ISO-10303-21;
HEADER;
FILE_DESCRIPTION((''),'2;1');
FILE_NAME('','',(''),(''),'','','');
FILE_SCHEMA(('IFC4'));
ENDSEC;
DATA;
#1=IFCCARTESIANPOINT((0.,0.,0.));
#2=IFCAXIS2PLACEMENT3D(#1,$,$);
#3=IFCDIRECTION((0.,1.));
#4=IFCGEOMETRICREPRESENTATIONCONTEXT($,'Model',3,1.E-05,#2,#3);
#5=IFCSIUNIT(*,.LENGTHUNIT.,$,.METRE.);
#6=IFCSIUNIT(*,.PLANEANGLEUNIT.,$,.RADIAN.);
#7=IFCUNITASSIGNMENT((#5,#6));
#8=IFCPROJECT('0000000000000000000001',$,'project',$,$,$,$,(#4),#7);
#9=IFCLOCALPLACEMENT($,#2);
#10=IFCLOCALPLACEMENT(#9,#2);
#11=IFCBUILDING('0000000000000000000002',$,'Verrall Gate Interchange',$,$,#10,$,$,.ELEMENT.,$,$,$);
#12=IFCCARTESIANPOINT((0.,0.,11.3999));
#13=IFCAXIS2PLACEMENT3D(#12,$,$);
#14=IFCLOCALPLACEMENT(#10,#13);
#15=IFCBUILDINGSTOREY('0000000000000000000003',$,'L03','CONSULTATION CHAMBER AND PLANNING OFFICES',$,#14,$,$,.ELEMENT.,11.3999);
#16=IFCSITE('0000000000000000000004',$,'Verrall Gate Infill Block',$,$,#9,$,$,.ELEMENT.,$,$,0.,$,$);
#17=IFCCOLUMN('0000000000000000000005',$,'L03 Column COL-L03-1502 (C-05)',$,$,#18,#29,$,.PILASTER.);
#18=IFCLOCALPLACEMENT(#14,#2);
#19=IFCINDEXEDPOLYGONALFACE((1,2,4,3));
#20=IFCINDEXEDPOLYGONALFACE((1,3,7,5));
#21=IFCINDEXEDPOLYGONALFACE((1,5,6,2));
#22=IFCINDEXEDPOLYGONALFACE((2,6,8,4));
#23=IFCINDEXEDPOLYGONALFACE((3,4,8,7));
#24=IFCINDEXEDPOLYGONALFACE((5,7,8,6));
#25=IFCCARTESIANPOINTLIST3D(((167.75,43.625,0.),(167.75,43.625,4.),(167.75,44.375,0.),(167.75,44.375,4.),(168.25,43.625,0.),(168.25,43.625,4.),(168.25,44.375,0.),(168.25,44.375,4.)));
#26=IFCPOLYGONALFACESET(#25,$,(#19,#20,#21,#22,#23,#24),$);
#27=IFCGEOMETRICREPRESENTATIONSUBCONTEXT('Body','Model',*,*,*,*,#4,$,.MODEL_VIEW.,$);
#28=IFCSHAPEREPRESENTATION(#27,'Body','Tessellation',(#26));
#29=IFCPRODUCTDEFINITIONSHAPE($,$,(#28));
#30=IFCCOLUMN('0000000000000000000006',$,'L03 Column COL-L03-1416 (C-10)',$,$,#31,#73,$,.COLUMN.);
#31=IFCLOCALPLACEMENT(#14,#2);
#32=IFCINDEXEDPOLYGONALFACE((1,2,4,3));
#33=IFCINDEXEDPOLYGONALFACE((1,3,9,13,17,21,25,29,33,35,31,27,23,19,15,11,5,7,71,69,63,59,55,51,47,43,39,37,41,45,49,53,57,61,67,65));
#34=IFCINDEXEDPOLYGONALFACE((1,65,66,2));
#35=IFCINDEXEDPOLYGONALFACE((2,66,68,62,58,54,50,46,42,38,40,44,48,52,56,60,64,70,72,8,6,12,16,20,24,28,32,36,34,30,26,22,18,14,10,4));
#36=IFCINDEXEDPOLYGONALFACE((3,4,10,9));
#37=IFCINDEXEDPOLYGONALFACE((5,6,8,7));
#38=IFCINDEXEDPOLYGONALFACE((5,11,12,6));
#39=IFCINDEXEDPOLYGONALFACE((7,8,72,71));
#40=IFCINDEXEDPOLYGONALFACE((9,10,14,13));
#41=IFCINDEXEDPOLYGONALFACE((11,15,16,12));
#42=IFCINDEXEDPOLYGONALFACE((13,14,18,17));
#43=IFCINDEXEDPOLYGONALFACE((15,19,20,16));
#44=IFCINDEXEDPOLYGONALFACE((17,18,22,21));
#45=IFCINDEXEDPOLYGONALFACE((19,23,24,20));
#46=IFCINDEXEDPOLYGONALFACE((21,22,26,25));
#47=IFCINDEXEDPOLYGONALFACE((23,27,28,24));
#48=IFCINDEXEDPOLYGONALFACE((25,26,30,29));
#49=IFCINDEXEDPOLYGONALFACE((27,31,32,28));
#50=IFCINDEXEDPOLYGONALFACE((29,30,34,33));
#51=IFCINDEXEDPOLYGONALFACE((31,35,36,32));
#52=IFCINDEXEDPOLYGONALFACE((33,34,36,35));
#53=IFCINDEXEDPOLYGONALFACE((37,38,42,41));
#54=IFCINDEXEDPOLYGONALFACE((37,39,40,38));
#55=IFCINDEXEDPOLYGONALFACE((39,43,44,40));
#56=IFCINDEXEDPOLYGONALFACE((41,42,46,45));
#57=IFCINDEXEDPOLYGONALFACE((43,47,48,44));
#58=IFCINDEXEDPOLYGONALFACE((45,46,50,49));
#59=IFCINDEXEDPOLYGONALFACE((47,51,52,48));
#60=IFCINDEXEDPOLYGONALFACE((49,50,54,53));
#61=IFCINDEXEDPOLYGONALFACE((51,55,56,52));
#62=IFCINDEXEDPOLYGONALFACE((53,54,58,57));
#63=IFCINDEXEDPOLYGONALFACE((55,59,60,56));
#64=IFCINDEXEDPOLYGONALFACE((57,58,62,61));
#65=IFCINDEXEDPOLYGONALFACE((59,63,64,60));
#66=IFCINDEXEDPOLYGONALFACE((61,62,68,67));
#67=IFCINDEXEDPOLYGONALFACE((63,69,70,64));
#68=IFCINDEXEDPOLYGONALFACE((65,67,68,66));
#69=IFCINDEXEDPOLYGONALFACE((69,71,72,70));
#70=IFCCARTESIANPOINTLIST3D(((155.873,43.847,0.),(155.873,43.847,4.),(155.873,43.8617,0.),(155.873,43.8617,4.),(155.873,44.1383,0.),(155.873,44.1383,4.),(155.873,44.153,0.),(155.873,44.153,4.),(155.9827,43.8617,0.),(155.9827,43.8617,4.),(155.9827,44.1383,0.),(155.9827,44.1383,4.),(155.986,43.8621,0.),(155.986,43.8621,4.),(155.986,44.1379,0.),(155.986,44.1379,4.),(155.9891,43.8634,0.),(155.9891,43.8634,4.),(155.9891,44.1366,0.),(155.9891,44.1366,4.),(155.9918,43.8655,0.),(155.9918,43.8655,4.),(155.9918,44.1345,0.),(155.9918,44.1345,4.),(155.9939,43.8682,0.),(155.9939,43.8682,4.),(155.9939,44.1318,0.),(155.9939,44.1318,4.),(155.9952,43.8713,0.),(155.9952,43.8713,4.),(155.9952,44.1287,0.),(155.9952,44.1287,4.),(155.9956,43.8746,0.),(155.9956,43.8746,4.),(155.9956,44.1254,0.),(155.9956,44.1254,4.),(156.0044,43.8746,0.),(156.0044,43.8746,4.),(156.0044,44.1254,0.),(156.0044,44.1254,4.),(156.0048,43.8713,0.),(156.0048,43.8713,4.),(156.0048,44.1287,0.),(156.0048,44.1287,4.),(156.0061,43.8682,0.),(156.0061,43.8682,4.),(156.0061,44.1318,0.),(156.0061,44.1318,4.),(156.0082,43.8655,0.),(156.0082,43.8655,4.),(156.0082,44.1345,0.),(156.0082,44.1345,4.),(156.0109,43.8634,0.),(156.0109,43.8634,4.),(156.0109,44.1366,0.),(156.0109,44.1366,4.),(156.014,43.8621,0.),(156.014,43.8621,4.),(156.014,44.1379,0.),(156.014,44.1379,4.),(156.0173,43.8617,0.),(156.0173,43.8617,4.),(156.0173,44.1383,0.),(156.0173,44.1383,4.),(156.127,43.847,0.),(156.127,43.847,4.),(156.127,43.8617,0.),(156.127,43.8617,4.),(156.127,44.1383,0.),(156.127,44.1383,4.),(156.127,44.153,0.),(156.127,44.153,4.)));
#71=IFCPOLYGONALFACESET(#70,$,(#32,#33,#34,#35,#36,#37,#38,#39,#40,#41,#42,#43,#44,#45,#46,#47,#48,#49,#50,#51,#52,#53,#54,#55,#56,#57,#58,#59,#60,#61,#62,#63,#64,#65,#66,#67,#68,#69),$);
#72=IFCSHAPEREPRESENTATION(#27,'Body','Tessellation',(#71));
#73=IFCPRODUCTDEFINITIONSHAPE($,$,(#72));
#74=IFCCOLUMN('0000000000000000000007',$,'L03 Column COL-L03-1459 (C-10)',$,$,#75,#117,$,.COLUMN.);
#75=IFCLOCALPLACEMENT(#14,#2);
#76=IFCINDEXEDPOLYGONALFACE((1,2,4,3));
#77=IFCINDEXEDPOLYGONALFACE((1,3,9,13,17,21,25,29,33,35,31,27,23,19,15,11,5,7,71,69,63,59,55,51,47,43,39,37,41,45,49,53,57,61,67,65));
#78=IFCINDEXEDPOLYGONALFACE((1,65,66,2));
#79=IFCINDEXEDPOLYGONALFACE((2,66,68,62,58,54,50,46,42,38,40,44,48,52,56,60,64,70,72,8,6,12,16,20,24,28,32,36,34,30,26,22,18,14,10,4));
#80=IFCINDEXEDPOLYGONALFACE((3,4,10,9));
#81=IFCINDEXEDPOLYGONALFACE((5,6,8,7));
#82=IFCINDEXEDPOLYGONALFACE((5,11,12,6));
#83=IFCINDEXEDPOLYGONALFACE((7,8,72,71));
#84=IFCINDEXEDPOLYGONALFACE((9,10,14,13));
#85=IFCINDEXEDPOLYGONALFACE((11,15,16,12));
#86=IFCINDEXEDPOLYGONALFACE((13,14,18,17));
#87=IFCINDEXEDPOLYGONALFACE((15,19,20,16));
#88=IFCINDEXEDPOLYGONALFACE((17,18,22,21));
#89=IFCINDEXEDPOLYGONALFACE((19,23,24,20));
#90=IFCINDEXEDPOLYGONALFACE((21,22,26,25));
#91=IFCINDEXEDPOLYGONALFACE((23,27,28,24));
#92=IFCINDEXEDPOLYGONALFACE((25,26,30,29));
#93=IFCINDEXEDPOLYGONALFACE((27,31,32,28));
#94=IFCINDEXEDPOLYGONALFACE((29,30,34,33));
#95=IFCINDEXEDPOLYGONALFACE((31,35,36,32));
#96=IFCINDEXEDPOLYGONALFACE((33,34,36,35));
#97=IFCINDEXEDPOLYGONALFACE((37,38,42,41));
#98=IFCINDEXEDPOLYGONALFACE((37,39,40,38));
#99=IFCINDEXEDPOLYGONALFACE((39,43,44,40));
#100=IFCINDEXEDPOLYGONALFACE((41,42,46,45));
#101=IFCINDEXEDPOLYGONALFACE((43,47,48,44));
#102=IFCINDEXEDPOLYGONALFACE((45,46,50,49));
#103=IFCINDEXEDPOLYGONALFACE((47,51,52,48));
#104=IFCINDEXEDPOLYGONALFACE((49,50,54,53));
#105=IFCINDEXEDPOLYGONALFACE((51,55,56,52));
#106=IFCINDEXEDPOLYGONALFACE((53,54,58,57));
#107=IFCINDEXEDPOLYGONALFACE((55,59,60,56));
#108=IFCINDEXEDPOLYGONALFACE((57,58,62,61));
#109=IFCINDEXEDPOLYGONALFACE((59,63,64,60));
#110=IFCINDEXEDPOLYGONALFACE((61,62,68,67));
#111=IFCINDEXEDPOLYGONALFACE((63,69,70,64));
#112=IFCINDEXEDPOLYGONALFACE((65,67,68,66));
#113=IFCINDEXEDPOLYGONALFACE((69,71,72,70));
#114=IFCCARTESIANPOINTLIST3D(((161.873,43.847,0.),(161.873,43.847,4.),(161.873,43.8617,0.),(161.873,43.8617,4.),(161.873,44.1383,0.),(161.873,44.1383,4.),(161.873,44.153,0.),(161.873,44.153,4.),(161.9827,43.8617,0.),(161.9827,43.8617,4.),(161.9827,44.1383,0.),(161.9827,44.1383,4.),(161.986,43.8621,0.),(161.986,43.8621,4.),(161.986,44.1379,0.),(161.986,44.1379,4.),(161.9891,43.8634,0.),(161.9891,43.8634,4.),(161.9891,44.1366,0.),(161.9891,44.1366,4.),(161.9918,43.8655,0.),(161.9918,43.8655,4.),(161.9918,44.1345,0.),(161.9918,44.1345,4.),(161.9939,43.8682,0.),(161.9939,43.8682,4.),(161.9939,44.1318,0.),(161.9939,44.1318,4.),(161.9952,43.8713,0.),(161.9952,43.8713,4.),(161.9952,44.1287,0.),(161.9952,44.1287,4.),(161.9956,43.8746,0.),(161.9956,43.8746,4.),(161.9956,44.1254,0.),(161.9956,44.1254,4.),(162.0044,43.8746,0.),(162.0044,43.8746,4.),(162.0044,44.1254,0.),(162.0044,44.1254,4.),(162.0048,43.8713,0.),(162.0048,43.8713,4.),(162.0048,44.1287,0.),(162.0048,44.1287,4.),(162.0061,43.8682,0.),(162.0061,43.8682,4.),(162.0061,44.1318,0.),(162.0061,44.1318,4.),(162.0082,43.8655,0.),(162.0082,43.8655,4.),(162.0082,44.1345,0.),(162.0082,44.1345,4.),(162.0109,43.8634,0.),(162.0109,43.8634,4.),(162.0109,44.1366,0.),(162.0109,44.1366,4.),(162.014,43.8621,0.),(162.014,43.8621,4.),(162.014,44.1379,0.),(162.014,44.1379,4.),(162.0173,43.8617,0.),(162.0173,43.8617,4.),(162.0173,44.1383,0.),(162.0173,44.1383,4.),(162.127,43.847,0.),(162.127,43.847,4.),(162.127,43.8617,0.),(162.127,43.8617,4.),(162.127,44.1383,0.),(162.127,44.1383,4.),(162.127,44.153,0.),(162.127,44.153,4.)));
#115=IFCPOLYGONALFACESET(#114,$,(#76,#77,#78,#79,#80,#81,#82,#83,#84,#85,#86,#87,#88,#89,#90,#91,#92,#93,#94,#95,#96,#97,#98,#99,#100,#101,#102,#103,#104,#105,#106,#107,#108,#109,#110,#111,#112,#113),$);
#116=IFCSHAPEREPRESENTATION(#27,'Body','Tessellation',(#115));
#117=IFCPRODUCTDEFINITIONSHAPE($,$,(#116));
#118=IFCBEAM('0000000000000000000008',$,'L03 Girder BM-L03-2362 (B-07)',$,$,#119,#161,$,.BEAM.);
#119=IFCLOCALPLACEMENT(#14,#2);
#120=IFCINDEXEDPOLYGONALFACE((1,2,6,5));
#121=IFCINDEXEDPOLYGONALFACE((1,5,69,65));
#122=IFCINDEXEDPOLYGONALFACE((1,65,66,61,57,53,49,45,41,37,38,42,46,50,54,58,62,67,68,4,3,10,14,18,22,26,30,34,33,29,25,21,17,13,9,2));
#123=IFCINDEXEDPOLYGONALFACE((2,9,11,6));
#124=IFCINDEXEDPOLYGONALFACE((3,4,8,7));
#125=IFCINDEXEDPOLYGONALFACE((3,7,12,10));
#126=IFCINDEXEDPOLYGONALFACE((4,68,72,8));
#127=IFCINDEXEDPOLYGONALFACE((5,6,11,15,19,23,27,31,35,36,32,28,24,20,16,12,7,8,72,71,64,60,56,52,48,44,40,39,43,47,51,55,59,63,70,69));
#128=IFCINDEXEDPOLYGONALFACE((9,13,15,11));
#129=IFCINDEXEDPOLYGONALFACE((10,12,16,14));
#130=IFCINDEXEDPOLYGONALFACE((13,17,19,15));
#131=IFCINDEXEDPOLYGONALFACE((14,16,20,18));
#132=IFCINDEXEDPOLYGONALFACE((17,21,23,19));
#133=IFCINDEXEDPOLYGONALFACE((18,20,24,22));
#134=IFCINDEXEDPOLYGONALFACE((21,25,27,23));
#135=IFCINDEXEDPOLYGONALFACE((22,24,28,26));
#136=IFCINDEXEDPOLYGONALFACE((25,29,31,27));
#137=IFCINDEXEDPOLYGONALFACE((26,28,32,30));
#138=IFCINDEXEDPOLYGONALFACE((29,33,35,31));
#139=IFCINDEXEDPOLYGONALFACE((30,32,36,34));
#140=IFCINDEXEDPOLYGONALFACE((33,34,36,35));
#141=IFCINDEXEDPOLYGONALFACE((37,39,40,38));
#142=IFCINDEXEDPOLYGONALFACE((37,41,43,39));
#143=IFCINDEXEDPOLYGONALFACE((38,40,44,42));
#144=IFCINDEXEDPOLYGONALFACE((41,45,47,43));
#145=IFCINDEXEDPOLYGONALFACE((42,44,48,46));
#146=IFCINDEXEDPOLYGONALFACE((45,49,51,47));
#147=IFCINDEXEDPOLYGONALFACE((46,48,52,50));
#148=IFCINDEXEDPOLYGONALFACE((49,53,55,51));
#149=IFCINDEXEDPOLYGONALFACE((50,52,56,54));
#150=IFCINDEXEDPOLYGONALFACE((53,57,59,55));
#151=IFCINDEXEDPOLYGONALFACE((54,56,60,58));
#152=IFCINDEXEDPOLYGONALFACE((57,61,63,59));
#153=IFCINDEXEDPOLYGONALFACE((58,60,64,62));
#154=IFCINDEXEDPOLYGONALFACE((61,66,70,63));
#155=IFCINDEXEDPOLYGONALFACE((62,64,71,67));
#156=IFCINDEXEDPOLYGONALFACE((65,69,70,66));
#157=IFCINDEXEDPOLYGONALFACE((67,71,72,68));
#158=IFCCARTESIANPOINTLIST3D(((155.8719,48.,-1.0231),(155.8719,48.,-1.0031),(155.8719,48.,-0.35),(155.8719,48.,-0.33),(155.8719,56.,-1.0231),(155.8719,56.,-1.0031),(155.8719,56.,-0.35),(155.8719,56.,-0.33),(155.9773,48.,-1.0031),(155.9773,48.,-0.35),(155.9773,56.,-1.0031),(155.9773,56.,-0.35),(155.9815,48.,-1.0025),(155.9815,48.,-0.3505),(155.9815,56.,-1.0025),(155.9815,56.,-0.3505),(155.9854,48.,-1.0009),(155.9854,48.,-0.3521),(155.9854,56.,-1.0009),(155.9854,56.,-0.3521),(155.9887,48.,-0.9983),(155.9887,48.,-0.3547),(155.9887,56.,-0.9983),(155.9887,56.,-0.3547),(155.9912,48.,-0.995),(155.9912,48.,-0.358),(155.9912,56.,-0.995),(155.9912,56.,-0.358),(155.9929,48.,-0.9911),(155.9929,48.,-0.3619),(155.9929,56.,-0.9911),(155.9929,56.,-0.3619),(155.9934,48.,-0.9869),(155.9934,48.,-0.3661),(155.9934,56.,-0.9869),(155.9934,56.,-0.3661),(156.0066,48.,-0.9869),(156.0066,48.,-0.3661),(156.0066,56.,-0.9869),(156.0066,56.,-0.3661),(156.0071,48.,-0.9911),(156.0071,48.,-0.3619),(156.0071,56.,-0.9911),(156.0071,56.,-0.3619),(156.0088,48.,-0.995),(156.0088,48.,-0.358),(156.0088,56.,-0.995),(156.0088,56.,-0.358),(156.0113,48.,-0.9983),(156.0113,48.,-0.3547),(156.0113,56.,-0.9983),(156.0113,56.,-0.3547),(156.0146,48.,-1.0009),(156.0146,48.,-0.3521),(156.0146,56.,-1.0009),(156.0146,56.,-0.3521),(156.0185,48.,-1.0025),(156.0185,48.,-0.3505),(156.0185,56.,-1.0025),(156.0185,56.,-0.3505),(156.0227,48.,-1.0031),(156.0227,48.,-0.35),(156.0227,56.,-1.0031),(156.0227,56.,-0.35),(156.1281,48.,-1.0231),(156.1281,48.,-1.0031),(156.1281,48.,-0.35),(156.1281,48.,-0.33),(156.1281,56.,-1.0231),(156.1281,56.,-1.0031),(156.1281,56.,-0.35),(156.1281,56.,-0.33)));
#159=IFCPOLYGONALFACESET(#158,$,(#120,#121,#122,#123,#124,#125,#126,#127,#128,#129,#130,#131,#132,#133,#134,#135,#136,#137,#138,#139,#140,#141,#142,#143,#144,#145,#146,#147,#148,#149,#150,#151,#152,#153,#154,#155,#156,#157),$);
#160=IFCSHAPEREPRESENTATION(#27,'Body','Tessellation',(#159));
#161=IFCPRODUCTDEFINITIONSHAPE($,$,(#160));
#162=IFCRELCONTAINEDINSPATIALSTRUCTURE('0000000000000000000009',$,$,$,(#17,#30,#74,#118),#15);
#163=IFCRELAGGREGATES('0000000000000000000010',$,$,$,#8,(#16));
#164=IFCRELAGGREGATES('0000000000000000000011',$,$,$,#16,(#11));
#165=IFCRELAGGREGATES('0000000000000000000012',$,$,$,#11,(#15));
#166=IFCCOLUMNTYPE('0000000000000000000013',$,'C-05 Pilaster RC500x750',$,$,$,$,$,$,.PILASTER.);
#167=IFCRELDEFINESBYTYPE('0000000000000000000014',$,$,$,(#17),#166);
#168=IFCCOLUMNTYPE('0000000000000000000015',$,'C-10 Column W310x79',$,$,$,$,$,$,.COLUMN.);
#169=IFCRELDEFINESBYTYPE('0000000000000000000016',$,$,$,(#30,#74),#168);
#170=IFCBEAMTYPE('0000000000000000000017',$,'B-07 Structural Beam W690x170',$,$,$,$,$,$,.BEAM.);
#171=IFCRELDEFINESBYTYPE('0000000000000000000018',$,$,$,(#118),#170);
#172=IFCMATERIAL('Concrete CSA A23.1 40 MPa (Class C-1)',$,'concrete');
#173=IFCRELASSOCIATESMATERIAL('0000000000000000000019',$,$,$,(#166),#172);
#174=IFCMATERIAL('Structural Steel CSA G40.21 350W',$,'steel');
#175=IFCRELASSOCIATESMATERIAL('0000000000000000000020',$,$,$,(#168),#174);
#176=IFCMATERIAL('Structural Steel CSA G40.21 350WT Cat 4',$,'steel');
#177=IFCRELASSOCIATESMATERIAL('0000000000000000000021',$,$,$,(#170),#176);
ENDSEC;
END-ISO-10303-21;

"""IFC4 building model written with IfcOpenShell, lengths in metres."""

from ifc_helpers import new_model, si_unit, direction, frame, origin, origin_2d, place, context, subcontext, project, spatial, rectangle, i_section, extrude, material, material_profile, profile_set, type_object, element, save


model = new_model("IFC4")

# Units and contexts
model_context = context("Model", 3, precision=1e-05, world=origin(), true_north=direction((0.0, 1.0)))
body_context = subcontext(model_context, "Body", "Model", "MODEL_VIEW")
ifc_project = project(units=[si_unit("LENGTHUNIT", "METRE"), si_unit("PLANEANGLEUNIT", "RADIAN")], contexts=[model_context])

# Site, building, storey
site_placement = place(None, origin())
site = spatial("IfcSite", under=ifc_project, at=site_placement, Name="Verrall Gate Infill Block", CompositionType="ELEMENT", RefElevation=0.0)
building_placement = place(site_placement, origin())
building = spatial("IfcBuilding", under=site, at=building_placement, Name="Verrall Gate Interchange", CompositionType="ELEMENT")
storey_placement = place(building_placement, frame((0.0, 0.0, 11.3999)))
storey = spatial("IfcBuildingStorey", under=building, at=storey_placement, Name="L03", Description="CONSULTATION CHAMBER AND PLANNING OFFICES", CompositionType="ELEMENT", Elevation=11.3999)

# Columns
ifc_material_1 = material(Name="Concrete CSA A23.1 40 MPa (Class C-1)", Category="concrete")
ifc_material_profile_1 = material_profile(ifc_material_1, rectangle(XDim=0.5, YDim=0.75, at=origin_2d()), Name="RC500x750")
ifc_profile_set_1 = profile_set([ifc_material_profile_1], Name="Concrete CSA A23.1 40 MPa (Class C-1)")
column_type_1 = type_object("IfcColumnType", Name="C-05 Pilaster RC500x750", PredefinedType="PILASTER", material=ifc_profile_set_1)
column_placement = place(storey_placement, frame((168.0, 44.0, 0.0), z_axis=(0.0, 0.0, 1.0), x_axis=(1.0, 0.0, 0.0)))
element("IfcColumn", 1, at=column_placement, inside=storey, type_object=column_type_1, Name="L03 Column COL-L03-1502 (C-05)", PredefinedType="PILASTER", context=body_context, shape_type="SweptSolid", body=[
    extrude(rectangle(XDim=0.5, YDim=0.75, at=origin_2d()), origin(), (0.0, 0.0, 1.0), 4.0),
])
ifc_material_2 = material(Name="Structural Steel CSA G40.21 350W", Category="steel")
ifc_material_profile_2 = material_profile(ifc_material_2, i_section(OverallWidth=0.2539, OverallDepth=0.3059, WebThickness=0.0088, FlangeThickness=0.0146, FilletRadius=0.0129, at=origin_2d()), Name="W310x79")
ifc_profile_set_2 = profile_set([ifc_material_profile_2], Name="Structural Steel CSA G40.21 350W")
column_type_2 = type_object("IfcColumnType", Name="C-10 Column W310x79", PredefinedType="COLUMN", material=ifc_profile_set_2)
for number, where, z_axis, x_axis, name in (
    (2, (156.0, 44.0, 0.0), (0.0, 0.0, 1.0), (1.0, 0.0, 0.0), "L03 Column COL-L03-1416 (C-10)"),
    (3, (162.0, 44.0, 0.0), (0.0, 0.0, 1.0), (1.0, 0.0, 0.0), "L03 Column COL-L03-1459 (C-10)"),
):
    element("IfcColumn", number, at=place(storey_placement, frame(where, z_axis=z_axis, x_axis=x_axis)), inside=storey, type_object=column_type_2, Name=name, PredefinedType="COLUMN", context=body_context, shape_type="SweptSolid", body=[
        extrude(i_section(OverallWidth=0.2539, OverallDepth=0.3059, WebThickness=0.0088, FlangeThickness=0.0146, FilletRadius=0.0129, at=origin_2d()), origin(), (0.0, 0.0, 1.0), 4.0),
    ])

# Beam
ifc_material_3 = material(Name="Structural Steel CSA G40.21 350WT Cat 4", Category="steel")
ifc_material_profile_3 = material_profile(ifc_material_3, i_section(OverallWidth=0.2561, OverallDepth=0.6931, WebThickness=0.0132, FlangeThickness=0.02, FilletRadius=0.0161, at=origin_2d()), Name="W690x170")
ifc_profile_set_3 = profile_set([ifc_material_profile_3], Name="Structural Steel CSA G40.21 350WT Cat 4")
beam_type_1 = type_object("IfcBeamType", Name="B-07 Structural Beam W690x170", PredefinedType="BEAM", material=ifc_profile_set_3)
for number, where, z_axis, x_axis, name in (
    (4, (156.0, 48.0, -0.6765), (0.0, 1.0, 0.0), (-1.0, 0.0, 0.0), "L03 Girder BM-L03-2362 (B-07)"),
):
    element("IfcBeam", number, at=place(storey_placement, frame(where, z_axis=z_axis, x_axis=x_axis)), inside=storey, type_object=beam_type_1, Name=name, PredefinedType="BEAM", context=body_context, shape_type="SweptSolid", body=[
        extrude(i_section(OverallWidth=0.2561, OverallDepth=0.6931, WebThickness=0.0132, FlangeThickness=0.02, FilletRadius=0.0161, at=origin_2d()), origin(), (0.0, 0.0, 1.0), 8.0),
    ])

save(model, "model.ifc")
